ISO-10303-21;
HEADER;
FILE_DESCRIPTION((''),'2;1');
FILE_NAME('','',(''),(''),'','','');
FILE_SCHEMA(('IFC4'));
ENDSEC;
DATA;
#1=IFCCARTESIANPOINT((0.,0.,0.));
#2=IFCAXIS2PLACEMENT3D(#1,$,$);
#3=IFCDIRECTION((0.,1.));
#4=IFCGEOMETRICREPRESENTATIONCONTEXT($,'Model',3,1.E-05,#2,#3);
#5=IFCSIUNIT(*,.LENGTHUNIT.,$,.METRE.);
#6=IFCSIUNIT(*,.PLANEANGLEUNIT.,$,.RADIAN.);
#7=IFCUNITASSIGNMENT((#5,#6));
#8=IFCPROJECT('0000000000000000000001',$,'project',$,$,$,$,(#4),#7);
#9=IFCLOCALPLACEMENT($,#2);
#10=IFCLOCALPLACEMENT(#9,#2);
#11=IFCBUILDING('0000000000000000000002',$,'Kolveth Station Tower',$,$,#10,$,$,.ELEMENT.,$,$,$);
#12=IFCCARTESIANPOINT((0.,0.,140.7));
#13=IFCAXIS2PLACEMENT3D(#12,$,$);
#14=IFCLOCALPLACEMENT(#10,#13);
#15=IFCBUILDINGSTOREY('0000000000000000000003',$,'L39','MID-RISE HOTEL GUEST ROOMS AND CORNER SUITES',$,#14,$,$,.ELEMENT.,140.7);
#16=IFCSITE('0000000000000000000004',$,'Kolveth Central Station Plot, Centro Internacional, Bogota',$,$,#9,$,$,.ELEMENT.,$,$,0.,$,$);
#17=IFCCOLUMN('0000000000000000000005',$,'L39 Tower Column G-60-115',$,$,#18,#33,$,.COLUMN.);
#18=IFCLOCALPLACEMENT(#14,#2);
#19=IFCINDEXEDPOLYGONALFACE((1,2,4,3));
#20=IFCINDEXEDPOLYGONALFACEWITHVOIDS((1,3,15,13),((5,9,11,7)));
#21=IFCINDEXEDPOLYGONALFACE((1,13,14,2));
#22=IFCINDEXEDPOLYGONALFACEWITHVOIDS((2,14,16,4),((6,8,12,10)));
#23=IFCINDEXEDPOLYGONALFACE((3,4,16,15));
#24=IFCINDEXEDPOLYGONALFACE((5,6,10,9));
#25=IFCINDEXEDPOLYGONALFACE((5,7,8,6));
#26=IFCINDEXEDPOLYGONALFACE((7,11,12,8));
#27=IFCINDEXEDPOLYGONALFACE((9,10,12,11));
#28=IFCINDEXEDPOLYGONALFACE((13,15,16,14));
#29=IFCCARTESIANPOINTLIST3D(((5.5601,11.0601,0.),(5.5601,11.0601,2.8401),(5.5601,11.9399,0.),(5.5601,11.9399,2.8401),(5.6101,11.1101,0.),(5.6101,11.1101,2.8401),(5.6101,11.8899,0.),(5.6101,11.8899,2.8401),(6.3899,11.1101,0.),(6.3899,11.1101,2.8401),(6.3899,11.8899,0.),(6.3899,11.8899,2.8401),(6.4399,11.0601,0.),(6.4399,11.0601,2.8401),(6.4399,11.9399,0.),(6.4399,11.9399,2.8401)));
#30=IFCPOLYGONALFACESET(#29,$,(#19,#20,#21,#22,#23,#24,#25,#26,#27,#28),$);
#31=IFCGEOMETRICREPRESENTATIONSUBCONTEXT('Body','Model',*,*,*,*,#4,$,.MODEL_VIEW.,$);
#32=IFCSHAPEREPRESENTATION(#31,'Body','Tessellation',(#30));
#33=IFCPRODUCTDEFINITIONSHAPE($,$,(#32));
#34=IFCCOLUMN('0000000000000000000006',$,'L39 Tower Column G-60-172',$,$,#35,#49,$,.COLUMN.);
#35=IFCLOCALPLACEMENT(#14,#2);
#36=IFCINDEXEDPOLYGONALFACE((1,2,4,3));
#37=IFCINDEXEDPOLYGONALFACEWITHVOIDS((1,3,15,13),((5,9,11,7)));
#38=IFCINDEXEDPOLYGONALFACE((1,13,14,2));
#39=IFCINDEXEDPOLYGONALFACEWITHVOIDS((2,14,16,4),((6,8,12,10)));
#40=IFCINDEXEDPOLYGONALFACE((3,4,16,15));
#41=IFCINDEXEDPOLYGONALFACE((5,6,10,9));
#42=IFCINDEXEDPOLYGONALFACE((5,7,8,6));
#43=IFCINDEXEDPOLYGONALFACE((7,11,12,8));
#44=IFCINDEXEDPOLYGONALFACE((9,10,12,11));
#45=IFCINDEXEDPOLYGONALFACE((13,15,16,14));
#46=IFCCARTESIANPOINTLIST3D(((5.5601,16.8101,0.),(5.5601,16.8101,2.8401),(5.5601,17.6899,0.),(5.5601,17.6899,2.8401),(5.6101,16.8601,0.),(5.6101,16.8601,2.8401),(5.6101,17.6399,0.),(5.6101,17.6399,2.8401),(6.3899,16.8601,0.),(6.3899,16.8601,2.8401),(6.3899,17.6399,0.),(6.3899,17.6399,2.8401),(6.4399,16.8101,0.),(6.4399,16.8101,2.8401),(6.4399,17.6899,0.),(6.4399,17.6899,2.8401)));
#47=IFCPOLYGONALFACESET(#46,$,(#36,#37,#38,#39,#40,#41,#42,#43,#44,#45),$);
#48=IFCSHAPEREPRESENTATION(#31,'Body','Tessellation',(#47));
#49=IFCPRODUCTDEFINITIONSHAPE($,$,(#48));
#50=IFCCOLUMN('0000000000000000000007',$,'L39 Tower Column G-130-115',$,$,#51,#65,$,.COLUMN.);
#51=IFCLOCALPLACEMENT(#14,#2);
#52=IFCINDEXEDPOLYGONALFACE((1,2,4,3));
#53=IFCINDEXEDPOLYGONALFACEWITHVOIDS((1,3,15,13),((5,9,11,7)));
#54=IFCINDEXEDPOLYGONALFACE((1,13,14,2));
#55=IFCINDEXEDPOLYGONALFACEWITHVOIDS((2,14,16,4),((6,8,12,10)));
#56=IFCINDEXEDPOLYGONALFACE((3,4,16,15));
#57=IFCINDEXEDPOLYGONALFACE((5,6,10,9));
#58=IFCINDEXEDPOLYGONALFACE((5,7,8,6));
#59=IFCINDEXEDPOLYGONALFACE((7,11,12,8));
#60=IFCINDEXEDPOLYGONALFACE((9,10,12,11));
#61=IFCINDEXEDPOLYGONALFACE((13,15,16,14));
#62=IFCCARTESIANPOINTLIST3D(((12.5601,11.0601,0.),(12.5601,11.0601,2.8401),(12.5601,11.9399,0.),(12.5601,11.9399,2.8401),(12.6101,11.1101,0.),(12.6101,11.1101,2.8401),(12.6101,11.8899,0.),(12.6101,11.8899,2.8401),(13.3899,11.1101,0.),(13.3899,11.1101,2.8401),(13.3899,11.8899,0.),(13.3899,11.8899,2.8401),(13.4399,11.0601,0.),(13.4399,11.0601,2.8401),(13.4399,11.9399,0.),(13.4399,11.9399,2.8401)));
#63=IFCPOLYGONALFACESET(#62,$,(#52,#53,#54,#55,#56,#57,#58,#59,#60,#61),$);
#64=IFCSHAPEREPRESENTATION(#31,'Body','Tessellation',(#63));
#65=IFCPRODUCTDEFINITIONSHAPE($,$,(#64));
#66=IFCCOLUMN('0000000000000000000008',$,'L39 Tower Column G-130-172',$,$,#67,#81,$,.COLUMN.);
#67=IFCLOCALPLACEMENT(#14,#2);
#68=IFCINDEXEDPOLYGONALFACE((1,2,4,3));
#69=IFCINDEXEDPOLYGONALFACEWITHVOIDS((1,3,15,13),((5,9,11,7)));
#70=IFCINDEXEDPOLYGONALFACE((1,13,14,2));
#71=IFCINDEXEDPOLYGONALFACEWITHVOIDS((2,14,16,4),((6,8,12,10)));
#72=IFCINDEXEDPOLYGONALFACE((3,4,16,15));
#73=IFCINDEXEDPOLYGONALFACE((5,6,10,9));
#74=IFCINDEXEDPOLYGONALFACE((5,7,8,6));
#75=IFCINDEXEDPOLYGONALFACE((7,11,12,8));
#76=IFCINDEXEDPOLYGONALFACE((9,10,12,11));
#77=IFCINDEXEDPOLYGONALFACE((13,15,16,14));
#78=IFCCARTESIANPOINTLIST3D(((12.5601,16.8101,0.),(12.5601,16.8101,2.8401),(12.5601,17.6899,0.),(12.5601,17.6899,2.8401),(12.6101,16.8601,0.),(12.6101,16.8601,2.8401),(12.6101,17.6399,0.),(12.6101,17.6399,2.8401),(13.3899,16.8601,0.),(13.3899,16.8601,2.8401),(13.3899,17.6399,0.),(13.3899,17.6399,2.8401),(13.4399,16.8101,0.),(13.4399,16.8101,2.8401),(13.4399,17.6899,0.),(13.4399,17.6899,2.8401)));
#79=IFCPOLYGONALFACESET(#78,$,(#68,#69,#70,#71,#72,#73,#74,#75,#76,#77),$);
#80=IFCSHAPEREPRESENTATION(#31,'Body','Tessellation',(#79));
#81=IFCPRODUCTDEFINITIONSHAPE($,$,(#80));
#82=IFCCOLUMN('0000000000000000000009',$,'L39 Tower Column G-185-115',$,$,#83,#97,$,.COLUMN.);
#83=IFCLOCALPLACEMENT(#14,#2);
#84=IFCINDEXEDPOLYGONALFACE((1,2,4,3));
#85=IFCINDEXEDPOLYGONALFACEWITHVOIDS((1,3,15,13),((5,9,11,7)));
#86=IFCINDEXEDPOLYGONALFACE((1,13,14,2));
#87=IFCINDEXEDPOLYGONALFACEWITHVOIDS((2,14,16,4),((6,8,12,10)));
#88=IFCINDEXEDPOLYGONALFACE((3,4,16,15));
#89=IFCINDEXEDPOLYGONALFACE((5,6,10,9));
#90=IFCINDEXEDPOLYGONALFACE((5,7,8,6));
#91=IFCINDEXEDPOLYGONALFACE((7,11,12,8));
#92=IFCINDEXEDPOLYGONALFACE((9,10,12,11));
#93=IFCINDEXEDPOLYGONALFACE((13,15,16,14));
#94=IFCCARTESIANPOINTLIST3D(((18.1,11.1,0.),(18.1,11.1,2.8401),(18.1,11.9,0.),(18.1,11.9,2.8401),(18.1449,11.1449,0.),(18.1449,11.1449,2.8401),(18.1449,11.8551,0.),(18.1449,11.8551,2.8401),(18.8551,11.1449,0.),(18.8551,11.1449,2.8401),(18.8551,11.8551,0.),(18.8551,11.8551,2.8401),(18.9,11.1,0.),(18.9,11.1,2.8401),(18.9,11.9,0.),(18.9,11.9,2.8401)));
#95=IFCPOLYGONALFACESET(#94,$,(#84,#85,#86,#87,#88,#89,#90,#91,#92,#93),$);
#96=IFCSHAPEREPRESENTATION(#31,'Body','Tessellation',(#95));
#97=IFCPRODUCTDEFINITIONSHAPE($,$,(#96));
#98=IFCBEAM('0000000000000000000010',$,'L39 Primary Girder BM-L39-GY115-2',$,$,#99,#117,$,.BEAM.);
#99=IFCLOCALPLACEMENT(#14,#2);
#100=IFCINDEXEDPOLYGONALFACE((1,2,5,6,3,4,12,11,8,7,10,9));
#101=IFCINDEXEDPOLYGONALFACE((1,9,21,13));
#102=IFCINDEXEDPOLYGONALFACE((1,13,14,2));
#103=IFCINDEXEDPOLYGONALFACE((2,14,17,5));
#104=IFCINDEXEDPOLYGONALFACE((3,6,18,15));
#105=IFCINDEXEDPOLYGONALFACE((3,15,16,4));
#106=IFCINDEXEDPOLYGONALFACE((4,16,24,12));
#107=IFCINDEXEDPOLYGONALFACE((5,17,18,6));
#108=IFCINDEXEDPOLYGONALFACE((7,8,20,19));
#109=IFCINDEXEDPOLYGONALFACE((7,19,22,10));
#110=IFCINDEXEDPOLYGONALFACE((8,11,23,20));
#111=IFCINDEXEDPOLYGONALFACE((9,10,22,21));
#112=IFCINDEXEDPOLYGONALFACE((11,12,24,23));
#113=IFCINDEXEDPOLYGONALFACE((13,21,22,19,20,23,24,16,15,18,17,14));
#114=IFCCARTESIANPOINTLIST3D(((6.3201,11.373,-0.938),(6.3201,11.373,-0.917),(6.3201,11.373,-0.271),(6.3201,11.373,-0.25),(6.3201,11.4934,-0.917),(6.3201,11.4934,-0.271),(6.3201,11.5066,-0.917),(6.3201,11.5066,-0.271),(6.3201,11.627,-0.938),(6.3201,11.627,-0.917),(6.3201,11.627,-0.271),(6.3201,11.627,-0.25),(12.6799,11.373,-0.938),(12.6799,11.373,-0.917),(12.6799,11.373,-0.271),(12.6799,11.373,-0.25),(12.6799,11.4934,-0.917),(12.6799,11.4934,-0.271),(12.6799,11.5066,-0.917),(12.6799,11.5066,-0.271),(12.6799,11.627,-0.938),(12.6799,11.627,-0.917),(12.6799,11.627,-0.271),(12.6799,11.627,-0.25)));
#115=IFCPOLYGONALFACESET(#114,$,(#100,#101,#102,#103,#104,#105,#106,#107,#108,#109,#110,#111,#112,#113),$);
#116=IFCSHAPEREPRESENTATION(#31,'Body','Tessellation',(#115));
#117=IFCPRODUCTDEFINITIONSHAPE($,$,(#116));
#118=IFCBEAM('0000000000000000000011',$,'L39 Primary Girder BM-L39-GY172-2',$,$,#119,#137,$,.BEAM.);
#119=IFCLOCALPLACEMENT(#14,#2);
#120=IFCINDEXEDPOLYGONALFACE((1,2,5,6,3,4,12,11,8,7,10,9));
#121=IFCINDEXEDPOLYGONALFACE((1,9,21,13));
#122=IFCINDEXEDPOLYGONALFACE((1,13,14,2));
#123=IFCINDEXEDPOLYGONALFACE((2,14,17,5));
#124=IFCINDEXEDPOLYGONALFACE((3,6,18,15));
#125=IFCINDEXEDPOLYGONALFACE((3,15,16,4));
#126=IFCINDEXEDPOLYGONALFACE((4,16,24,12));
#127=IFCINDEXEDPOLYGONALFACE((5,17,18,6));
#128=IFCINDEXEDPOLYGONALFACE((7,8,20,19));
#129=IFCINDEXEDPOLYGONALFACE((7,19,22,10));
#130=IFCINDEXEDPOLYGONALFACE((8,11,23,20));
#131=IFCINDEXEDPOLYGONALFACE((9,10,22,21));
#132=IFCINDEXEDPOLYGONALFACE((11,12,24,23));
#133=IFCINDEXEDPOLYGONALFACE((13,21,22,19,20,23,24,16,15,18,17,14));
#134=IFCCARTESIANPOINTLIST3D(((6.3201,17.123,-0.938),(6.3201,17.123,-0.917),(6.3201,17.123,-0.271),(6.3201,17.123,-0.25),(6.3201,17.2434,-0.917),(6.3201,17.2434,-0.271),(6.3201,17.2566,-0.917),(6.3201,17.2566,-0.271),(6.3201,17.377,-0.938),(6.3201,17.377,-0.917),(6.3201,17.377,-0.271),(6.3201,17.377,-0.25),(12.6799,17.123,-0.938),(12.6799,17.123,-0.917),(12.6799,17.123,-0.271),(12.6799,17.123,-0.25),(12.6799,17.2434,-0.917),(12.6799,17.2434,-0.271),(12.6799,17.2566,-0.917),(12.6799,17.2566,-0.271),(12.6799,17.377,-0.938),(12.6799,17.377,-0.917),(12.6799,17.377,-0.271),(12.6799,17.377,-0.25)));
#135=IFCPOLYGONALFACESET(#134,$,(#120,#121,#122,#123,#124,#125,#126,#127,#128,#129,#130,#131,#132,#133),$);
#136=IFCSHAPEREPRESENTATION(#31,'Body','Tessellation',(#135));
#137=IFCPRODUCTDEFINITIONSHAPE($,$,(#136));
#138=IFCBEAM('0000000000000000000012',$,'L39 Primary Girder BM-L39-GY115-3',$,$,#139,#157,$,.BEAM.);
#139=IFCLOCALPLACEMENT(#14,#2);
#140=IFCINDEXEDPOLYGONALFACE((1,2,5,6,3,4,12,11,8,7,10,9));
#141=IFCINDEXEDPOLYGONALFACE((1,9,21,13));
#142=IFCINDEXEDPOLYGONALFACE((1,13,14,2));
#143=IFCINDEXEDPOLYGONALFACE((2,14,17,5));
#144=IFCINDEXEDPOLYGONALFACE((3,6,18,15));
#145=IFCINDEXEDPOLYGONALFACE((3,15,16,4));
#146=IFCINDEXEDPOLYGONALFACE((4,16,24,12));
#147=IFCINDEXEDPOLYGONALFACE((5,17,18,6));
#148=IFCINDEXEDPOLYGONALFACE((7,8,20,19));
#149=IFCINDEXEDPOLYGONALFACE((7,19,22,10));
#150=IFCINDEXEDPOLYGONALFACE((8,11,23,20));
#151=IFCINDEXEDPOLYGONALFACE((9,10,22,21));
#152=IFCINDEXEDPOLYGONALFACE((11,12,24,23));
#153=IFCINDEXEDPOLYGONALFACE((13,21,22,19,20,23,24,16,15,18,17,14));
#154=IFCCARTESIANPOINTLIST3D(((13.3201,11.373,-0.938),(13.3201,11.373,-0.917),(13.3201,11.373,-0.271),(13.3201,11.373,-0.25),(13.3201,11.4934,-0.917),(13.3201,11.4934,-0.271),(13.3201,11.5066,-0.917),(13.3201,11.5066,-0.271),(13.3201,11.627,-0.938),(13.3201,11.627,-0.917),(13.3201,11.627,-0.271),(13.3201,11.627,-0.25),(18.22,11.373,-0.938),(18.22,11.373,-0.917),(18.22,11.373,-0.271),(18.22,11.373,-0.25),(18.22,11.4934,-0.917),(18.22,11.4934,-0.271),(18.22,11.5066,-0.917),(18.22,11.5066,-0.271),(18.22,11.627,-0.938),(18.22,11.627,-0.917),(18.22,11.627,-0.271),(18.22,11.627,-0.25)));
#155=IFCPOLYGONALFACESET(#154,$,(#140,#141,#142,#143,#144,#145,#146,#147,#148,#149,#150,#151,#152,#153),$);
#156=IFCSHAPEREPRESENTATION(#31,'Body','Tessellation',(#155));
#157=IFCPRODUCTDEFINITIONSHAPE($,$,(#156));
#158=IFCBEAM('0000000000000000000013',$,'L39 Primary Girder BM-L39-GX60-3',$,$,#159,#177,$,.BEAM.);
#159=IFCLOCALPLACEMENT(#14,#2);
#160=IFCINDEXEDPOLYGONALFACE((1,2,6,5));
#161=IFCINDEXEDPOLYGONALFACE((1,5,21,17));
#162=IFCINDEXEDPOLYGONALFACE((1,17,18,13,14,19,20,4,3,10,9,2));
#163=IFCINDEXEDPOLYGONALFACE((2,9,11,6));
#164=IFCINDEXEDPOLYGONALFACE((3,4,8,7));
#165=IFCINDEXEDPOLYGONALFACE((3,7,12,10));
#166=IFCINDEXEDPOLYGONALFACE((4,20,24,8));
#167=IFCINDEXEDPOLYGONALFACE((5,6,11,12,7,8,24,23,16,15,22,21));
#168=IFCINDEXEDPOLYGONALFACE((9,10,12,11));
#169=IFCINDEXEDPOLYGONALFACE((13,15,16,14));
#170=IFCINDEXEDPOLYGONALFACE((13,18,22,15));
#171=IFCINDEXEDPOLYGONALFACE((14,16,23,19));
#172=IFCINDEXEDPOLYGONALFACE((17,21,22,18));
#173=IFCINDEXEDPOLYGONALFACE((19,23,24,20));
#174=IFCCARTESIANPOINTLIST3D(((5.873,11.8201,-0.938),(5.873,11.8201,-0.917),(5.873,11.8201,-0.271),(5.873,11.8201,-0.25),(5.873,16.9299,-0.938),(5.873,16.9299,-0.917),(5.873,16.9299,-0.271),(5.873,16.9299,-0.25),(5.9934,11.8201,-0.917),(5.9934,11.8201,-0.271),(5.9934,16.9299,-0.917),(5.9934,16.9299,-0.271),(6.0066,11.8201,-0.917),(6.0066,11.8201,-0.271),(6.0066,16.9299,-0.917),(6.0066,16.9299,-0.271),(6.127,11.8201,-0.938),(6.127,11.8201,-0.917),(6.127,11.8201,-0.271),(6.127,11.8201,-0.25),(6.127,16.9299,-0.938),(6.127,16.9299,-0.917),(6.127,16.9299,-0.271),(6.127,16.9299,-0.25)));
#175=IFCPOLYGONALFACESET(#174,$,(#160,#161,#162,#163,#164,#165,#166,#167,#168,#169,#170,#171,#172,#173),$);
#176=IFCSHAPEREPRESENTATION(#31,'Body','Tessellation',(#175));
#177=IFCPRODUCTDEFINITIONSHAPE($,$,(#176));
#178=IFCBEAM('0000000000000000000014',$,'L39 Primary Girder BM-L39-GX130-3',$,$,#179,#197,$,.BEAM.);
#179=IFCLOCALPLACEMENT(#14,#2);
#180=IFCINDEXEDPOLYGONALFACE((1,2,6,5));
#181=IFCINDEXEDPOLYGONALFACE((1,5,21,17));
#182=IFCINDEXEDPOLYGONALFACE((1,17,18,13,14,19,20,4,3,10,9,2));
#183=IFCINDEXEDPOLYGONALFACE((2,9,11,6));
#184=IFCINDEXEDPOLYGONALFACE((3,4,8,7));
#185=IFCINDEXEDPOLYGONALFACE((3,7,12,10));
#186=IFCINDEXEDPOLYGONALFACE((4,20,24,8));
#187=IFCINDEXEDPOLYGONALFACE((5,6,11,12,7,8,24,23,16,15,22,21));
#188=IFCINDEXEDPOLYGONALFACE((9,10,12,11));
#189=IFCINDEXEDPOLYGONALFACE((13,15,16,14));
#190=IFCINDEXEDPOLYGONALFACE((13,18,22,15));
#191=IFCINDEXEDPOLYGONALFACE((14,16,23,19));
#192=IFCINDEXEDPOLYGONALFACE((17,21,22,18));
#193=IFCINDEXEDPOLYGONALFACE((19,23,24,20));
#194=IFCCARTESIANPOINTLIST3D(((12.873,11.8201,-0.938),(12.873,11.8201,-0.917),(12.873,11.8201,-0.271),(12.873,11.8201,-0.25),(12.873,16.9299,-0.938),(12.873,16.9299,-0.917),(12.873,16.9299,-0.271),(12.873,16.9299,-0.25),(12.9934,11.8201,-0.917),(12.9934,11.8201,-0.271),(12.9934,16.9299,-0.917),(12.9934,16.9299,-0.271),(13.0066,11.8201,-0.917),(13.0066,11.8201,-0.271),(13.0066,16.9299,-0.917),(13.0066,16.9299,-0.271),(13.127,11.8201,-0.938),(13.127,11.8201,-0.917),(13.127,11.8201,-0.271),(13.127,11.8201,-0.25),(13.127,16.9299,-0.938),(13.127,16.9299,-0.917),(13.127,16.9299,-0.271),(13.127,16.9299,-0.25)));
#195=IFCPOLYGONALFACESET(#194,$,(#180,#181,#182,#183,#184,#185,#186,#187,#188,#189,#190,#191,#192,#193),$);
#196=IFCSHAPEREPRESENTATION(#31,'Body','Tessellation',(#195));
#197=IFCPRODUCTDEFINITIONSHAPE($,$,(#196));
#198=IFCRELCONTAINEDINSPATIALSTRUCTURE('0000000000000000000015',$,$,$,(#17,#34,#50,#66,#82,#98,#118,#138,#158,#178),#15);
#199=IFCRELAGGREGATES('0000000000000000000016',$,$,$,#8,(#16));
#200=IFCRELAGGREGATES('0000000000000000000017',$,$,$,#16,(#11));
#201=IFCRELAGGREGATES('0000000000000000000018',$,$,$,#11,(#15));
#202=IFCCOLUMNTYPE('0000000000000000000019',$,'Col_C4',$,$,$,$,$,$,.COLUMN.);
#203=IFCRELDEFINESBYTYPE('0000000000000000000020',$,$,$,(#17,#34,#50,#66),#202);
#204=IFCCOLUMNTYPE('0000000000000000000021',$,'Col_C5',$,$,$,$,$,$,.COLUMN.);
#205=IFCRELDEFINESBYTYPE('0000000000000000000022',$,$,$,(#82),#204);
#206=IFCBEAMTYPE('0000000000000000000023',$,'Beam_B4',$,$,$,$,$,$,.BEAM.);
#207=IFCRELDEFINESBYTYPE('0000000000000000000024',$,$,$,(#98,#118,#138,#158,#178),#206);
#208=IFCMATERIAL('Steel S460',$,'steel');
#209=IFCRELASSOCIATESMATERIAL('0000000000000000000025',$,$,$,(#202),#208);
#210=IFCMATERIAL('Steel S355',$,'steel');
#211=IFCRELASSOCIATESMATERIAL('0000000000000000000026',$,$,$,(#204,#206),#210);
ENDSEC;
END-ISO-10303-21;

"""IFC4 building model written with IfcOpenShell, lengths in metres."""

from ifc_helpers import new_model, si_unit, direction, frame, origin, origin_2d, place, context, subcontext, project, spatial, hollow_rectangle, i_section, extrude, source, transform, mapped, material, material_profile, profile_set, type_object, element, save


model = new_model("IFC4")

# Units and contexts
model_context = context("Model", 3, precision=1e-05, world=origin(), true_north=direction((0.0, 1.0)))
body_context = subcontext(model_context, "Body", "Model", "MODEL_VIEW")
ifc_project = project(units=[si_unit("LENGTHUNIT", "METRE"), si_unit("PLANEANGLEUNIT", "RADIAN")], contexts=[model_context])

# Site, building, storey
site_placement = place(None, origin())
site = spatial("IfcSite", under=ifc_project, at=site_placement, Name="Kolveth Central Station Plot, Centro Internacional, Bogota", CompositionType="ELEMENT", RefElevation=0.0)
building_placement = place(site_placement, origin())
building = spatial("IfcBuilding", under=site, at=building_placement, Name="Kolveth Station Tower", CompositionType="ELEMENT")
storey_placement = place(building_placement, frame((0.0, 0.0, 140.7)))
storey = spatial("IfcBuildingStorey", under=building, at=storey_placement, Name="L39", Description="MID-RISE HOTEL GUEST ROOMS AND CORNER SUITES", CompositionType="ELEMENT", Elevation=140.7)

# Columns
ifc_material_1 = material(Name="Steel S460", Category="steel")
ifc_material_profile_1 = material_profile(ifc_material_1, hollow_rectangle(XDim=0.8799, YDim=0.8799, WallThickness=0.05, at=origin_2d()), Name="BOX880x880x50")
ifc_profile_set_1 = profile_set([ifc_material_profile_1], Name="Steel S460")
column_type_1 = type_object("IfcColumnType", Name="Col_C4", PredefinedType="COLUMN", material=ifc_profile_set_1)
shared_shape_1 = source(origin(), body_context, "Body", "SweptSolid", [
    extrude(hollow_rectangle(XDim=0.8799, YDim=0.8799, WallThickness=0.05, at=origin_2d()), origin(), (0.0, 0.0, 1.0), 2.8401),
])
for number, where, z_axis, x_axis, name in (
    (1, (6.0, 11.5, 0.0), (0.0, 0.0, 1.0), (1.0, 0.0, 0.0), "L39 Tower Column G-60-115"),
    (2, (6.0, 17.25, 0.0), (0.0, 0.0, 1.0), (1.0, 0.0, 0.0), "L39 Tower Column G-60-172"),
    (3, (13.0, 11.5, 0.0), (0.0, 0.0, 1.0), (1.0, 0.0, 0.0), "L39 Tower Column G-130-115"),
    (4, (13.0, 17.25, 0.0), (0.0, 0.0, 1.0), (1.0, 0.0, 0.0), "L39 Tower Column G-130-172"),
):
    element("IfcColumn", number, at=place(storey_placement, frame(where, z_axis=z_axis, x_axis=x_axis)), inside=storey, type_object=column_type_1, Name=name, PredefinedType="COLUMN", context=body_context, shape_type="MappedRepresentation", body=[
        mapped(shared_shape_1, transform((0.0, 0.0, 0.0), x_axis=(1.0, 0.0, 0.0), y_axis=(0.0, 1.0, 0.0), z_axis=(0.0, 0.0, 1.0), scale=1.0)),
    ])
ifc_material_2 = material(Name="Steel S355", Category="steel")
ifc_material_profile_2 = material_profile(ifc_material_2, hollow_rectangle(XDim=0.8, YDim=0.8, WallThickness=0.0449, at=origin_2d()), Name="BOX800x800x45")
ifc_profile_set_2 = profile_set([ifc_material_profile_2], Name="Steel S355")
column_type_2 = type_object("IfcColumnType", Name="Col_C5", PredefinedType="COLUMN", material=ifc_profile_set_2)
shared_shape_2 = source(origin(), body_context, "Body", "SweptSolid", [
    extrude(hollow_rectangle(XDim=0.8, YDim=0.8, WallThickness=0.0449, at=origin_2d()), origin(), (0.0, 0.0, 1.0), 2.8401),
])
column_placement = place(storey_placement, frame((18.5, 11.5, 0.0), z_axis=(0.0, 0.0, 1.0), x_axis=(1.0, 0.0, 0.0)))
element("IfcColumn", 5, at=column_placement, inside=storey, type_object=column_type_2, Name="L39 Tower Column G-185-115", PredefinedType="COLUMN", context=body_context, shape_type="MappedRepresentation", body=[
    mapped(shared_shape_2, transform((0.0, 0.0, 0.0), x_axis=(1.0, 0.0, 0.0), y_axis=(0.0, 1.0, 0.0), z_axis=(0.0, 0.0, 1.0), scale=1.0)),
])

# Beams
ifc_material_profile_3 = material_profile(ifc_material_2, i_section(OverallWidth=0.2539, OverallDepth=0.688, WebThickness=0.0132, FlangeThickness=0.021, at=origin_2d()), Name="W690x152")
ifc_profile_set_3 = profile_set([ifc_material_profile_3], Name="Steel S355")
beam_type_1 = type_object("IfcBeamType", Name="Beam_B4", PredefinedType="BEAM", material=ifc_profile_set_3)
shared_shape_3 = source(origin(), body_context, "Body", "SweptSolid", [
    extrude(i_section(OverallWidth=0.2539, OverallDepth=0.688, WebThickness=0.0132, FlangeThickness=0.021, at=origin_2d()), origin(), (0.0, 0.0, 1.0), 6.3599),
])
for number, where, z_axis, x_axis, name in (
    (6, (6.3201, 11.5, -0.594), (1.0, 0.0, 0.0), (0.0, 1.0, 0.0), "L39 Primary Girder BM-L39-GY115-2"),
    (7, (6.3201, 17.25, -0.594), (1.0, 0.0, 0.0), (0.0, 1.0, 0.0), "L39 Primary Girder BM-L39-GY172-2"),
):
    element("IfcBeam", number, at=place(storey_placement, frame(where, z_axis=z_axis, x_axis=x_axis)), inside=storey, type_object=beam_type_1, Name=name, PredefinedType="BEAM", context=body_context, shape_type="MappedRepresentation", body=[
        mapped(shared_shape_3, transform((0.0, 0.0, 0.0), x_axis=(1.0, 0.0, 0.0), y_axis=(0.0, 1.0, 0.0), z_axis=(0.0, 0.0, 1.0), scale=1.0)),
    ])
shared_shape_4 = source(origin(), body_context, "Body", "SweptSolid", [
    extrude(i_section(OverallWidth=0.2539, OverallDepth=0.688, WebThickness=0.0132, FlangeThickness=0.021, at=origin_2d()), origin(), (0.0, 0.0, 1.0), 4.8999),
])
beam_1_placement = place(storey_placement, frame((13.3201, 11.5, -0.594), z_axis=(1.0, 0.0, 0.0), x_axis=(0.0, 1.0, 0.0)))
element("IfcBeam", 8, at=beam_1_placement, inside=storey, type_object=beam_type_1, Name="L39 Primary Girder BM-L39-GY115-3", PredefinedType="BEAM", context=body_context, shape_type="MappedRepresentation", body=[
    mapped(shared_shape_4, transform((0.0, 0.0, 0.0), x_axis=(1.0, 0.0, 0.0), y_axis=(0.0, 1.0, 0.0), z_axis=(0.0, 0.0, 1.0), scale=1.0)),
])
shared_shape_5 = source(origin(), body_context, "Body", "SweptSolid", [
    extrude(i_section(OverallWidth=0.2539, OverallDepth=0.688, WebThickness=0.0132, FlangeThickness=0.021, at=origin_2d()), origin(), (0.0, 0.0, 1.0), 5.1099),
])
for number, where, z_axis, x_axis, name in (
    (9, (6.0, 11.8201, -0.594), (0.0, 1.0, 0.0), (-1.0, 0.0, 0.0), "L39 Primary Girder BM-L39-GX60-3"),
    (10, (13.0, 11.8201, -0.594), (0.0, 1.0, 0.0), (-1.0, 0.0, 0.0), "L39 Primary Girder BM-L39-GX130-3"),
):
    element("IfcBeam", number, at=place(storey_placement, frame(where, z_axis=z_axis, x_axis=x_axis)), inside=storey, type_object=beam_type_1, Name=name, PredefinedType="BEAM", context=body_context, shape_type="MappedRepresentation", body=[
        mapped(shared_shape_5, transform((0.0, 0.0, 0.0), x_axis=(1.0, 0.0, 0.0), y_axis=(0.0, 1.0, 0.0), z_axis=(0.0, 0.0, 1.0), scale=1.0)),
    ])

save(model, "model.ifc")
